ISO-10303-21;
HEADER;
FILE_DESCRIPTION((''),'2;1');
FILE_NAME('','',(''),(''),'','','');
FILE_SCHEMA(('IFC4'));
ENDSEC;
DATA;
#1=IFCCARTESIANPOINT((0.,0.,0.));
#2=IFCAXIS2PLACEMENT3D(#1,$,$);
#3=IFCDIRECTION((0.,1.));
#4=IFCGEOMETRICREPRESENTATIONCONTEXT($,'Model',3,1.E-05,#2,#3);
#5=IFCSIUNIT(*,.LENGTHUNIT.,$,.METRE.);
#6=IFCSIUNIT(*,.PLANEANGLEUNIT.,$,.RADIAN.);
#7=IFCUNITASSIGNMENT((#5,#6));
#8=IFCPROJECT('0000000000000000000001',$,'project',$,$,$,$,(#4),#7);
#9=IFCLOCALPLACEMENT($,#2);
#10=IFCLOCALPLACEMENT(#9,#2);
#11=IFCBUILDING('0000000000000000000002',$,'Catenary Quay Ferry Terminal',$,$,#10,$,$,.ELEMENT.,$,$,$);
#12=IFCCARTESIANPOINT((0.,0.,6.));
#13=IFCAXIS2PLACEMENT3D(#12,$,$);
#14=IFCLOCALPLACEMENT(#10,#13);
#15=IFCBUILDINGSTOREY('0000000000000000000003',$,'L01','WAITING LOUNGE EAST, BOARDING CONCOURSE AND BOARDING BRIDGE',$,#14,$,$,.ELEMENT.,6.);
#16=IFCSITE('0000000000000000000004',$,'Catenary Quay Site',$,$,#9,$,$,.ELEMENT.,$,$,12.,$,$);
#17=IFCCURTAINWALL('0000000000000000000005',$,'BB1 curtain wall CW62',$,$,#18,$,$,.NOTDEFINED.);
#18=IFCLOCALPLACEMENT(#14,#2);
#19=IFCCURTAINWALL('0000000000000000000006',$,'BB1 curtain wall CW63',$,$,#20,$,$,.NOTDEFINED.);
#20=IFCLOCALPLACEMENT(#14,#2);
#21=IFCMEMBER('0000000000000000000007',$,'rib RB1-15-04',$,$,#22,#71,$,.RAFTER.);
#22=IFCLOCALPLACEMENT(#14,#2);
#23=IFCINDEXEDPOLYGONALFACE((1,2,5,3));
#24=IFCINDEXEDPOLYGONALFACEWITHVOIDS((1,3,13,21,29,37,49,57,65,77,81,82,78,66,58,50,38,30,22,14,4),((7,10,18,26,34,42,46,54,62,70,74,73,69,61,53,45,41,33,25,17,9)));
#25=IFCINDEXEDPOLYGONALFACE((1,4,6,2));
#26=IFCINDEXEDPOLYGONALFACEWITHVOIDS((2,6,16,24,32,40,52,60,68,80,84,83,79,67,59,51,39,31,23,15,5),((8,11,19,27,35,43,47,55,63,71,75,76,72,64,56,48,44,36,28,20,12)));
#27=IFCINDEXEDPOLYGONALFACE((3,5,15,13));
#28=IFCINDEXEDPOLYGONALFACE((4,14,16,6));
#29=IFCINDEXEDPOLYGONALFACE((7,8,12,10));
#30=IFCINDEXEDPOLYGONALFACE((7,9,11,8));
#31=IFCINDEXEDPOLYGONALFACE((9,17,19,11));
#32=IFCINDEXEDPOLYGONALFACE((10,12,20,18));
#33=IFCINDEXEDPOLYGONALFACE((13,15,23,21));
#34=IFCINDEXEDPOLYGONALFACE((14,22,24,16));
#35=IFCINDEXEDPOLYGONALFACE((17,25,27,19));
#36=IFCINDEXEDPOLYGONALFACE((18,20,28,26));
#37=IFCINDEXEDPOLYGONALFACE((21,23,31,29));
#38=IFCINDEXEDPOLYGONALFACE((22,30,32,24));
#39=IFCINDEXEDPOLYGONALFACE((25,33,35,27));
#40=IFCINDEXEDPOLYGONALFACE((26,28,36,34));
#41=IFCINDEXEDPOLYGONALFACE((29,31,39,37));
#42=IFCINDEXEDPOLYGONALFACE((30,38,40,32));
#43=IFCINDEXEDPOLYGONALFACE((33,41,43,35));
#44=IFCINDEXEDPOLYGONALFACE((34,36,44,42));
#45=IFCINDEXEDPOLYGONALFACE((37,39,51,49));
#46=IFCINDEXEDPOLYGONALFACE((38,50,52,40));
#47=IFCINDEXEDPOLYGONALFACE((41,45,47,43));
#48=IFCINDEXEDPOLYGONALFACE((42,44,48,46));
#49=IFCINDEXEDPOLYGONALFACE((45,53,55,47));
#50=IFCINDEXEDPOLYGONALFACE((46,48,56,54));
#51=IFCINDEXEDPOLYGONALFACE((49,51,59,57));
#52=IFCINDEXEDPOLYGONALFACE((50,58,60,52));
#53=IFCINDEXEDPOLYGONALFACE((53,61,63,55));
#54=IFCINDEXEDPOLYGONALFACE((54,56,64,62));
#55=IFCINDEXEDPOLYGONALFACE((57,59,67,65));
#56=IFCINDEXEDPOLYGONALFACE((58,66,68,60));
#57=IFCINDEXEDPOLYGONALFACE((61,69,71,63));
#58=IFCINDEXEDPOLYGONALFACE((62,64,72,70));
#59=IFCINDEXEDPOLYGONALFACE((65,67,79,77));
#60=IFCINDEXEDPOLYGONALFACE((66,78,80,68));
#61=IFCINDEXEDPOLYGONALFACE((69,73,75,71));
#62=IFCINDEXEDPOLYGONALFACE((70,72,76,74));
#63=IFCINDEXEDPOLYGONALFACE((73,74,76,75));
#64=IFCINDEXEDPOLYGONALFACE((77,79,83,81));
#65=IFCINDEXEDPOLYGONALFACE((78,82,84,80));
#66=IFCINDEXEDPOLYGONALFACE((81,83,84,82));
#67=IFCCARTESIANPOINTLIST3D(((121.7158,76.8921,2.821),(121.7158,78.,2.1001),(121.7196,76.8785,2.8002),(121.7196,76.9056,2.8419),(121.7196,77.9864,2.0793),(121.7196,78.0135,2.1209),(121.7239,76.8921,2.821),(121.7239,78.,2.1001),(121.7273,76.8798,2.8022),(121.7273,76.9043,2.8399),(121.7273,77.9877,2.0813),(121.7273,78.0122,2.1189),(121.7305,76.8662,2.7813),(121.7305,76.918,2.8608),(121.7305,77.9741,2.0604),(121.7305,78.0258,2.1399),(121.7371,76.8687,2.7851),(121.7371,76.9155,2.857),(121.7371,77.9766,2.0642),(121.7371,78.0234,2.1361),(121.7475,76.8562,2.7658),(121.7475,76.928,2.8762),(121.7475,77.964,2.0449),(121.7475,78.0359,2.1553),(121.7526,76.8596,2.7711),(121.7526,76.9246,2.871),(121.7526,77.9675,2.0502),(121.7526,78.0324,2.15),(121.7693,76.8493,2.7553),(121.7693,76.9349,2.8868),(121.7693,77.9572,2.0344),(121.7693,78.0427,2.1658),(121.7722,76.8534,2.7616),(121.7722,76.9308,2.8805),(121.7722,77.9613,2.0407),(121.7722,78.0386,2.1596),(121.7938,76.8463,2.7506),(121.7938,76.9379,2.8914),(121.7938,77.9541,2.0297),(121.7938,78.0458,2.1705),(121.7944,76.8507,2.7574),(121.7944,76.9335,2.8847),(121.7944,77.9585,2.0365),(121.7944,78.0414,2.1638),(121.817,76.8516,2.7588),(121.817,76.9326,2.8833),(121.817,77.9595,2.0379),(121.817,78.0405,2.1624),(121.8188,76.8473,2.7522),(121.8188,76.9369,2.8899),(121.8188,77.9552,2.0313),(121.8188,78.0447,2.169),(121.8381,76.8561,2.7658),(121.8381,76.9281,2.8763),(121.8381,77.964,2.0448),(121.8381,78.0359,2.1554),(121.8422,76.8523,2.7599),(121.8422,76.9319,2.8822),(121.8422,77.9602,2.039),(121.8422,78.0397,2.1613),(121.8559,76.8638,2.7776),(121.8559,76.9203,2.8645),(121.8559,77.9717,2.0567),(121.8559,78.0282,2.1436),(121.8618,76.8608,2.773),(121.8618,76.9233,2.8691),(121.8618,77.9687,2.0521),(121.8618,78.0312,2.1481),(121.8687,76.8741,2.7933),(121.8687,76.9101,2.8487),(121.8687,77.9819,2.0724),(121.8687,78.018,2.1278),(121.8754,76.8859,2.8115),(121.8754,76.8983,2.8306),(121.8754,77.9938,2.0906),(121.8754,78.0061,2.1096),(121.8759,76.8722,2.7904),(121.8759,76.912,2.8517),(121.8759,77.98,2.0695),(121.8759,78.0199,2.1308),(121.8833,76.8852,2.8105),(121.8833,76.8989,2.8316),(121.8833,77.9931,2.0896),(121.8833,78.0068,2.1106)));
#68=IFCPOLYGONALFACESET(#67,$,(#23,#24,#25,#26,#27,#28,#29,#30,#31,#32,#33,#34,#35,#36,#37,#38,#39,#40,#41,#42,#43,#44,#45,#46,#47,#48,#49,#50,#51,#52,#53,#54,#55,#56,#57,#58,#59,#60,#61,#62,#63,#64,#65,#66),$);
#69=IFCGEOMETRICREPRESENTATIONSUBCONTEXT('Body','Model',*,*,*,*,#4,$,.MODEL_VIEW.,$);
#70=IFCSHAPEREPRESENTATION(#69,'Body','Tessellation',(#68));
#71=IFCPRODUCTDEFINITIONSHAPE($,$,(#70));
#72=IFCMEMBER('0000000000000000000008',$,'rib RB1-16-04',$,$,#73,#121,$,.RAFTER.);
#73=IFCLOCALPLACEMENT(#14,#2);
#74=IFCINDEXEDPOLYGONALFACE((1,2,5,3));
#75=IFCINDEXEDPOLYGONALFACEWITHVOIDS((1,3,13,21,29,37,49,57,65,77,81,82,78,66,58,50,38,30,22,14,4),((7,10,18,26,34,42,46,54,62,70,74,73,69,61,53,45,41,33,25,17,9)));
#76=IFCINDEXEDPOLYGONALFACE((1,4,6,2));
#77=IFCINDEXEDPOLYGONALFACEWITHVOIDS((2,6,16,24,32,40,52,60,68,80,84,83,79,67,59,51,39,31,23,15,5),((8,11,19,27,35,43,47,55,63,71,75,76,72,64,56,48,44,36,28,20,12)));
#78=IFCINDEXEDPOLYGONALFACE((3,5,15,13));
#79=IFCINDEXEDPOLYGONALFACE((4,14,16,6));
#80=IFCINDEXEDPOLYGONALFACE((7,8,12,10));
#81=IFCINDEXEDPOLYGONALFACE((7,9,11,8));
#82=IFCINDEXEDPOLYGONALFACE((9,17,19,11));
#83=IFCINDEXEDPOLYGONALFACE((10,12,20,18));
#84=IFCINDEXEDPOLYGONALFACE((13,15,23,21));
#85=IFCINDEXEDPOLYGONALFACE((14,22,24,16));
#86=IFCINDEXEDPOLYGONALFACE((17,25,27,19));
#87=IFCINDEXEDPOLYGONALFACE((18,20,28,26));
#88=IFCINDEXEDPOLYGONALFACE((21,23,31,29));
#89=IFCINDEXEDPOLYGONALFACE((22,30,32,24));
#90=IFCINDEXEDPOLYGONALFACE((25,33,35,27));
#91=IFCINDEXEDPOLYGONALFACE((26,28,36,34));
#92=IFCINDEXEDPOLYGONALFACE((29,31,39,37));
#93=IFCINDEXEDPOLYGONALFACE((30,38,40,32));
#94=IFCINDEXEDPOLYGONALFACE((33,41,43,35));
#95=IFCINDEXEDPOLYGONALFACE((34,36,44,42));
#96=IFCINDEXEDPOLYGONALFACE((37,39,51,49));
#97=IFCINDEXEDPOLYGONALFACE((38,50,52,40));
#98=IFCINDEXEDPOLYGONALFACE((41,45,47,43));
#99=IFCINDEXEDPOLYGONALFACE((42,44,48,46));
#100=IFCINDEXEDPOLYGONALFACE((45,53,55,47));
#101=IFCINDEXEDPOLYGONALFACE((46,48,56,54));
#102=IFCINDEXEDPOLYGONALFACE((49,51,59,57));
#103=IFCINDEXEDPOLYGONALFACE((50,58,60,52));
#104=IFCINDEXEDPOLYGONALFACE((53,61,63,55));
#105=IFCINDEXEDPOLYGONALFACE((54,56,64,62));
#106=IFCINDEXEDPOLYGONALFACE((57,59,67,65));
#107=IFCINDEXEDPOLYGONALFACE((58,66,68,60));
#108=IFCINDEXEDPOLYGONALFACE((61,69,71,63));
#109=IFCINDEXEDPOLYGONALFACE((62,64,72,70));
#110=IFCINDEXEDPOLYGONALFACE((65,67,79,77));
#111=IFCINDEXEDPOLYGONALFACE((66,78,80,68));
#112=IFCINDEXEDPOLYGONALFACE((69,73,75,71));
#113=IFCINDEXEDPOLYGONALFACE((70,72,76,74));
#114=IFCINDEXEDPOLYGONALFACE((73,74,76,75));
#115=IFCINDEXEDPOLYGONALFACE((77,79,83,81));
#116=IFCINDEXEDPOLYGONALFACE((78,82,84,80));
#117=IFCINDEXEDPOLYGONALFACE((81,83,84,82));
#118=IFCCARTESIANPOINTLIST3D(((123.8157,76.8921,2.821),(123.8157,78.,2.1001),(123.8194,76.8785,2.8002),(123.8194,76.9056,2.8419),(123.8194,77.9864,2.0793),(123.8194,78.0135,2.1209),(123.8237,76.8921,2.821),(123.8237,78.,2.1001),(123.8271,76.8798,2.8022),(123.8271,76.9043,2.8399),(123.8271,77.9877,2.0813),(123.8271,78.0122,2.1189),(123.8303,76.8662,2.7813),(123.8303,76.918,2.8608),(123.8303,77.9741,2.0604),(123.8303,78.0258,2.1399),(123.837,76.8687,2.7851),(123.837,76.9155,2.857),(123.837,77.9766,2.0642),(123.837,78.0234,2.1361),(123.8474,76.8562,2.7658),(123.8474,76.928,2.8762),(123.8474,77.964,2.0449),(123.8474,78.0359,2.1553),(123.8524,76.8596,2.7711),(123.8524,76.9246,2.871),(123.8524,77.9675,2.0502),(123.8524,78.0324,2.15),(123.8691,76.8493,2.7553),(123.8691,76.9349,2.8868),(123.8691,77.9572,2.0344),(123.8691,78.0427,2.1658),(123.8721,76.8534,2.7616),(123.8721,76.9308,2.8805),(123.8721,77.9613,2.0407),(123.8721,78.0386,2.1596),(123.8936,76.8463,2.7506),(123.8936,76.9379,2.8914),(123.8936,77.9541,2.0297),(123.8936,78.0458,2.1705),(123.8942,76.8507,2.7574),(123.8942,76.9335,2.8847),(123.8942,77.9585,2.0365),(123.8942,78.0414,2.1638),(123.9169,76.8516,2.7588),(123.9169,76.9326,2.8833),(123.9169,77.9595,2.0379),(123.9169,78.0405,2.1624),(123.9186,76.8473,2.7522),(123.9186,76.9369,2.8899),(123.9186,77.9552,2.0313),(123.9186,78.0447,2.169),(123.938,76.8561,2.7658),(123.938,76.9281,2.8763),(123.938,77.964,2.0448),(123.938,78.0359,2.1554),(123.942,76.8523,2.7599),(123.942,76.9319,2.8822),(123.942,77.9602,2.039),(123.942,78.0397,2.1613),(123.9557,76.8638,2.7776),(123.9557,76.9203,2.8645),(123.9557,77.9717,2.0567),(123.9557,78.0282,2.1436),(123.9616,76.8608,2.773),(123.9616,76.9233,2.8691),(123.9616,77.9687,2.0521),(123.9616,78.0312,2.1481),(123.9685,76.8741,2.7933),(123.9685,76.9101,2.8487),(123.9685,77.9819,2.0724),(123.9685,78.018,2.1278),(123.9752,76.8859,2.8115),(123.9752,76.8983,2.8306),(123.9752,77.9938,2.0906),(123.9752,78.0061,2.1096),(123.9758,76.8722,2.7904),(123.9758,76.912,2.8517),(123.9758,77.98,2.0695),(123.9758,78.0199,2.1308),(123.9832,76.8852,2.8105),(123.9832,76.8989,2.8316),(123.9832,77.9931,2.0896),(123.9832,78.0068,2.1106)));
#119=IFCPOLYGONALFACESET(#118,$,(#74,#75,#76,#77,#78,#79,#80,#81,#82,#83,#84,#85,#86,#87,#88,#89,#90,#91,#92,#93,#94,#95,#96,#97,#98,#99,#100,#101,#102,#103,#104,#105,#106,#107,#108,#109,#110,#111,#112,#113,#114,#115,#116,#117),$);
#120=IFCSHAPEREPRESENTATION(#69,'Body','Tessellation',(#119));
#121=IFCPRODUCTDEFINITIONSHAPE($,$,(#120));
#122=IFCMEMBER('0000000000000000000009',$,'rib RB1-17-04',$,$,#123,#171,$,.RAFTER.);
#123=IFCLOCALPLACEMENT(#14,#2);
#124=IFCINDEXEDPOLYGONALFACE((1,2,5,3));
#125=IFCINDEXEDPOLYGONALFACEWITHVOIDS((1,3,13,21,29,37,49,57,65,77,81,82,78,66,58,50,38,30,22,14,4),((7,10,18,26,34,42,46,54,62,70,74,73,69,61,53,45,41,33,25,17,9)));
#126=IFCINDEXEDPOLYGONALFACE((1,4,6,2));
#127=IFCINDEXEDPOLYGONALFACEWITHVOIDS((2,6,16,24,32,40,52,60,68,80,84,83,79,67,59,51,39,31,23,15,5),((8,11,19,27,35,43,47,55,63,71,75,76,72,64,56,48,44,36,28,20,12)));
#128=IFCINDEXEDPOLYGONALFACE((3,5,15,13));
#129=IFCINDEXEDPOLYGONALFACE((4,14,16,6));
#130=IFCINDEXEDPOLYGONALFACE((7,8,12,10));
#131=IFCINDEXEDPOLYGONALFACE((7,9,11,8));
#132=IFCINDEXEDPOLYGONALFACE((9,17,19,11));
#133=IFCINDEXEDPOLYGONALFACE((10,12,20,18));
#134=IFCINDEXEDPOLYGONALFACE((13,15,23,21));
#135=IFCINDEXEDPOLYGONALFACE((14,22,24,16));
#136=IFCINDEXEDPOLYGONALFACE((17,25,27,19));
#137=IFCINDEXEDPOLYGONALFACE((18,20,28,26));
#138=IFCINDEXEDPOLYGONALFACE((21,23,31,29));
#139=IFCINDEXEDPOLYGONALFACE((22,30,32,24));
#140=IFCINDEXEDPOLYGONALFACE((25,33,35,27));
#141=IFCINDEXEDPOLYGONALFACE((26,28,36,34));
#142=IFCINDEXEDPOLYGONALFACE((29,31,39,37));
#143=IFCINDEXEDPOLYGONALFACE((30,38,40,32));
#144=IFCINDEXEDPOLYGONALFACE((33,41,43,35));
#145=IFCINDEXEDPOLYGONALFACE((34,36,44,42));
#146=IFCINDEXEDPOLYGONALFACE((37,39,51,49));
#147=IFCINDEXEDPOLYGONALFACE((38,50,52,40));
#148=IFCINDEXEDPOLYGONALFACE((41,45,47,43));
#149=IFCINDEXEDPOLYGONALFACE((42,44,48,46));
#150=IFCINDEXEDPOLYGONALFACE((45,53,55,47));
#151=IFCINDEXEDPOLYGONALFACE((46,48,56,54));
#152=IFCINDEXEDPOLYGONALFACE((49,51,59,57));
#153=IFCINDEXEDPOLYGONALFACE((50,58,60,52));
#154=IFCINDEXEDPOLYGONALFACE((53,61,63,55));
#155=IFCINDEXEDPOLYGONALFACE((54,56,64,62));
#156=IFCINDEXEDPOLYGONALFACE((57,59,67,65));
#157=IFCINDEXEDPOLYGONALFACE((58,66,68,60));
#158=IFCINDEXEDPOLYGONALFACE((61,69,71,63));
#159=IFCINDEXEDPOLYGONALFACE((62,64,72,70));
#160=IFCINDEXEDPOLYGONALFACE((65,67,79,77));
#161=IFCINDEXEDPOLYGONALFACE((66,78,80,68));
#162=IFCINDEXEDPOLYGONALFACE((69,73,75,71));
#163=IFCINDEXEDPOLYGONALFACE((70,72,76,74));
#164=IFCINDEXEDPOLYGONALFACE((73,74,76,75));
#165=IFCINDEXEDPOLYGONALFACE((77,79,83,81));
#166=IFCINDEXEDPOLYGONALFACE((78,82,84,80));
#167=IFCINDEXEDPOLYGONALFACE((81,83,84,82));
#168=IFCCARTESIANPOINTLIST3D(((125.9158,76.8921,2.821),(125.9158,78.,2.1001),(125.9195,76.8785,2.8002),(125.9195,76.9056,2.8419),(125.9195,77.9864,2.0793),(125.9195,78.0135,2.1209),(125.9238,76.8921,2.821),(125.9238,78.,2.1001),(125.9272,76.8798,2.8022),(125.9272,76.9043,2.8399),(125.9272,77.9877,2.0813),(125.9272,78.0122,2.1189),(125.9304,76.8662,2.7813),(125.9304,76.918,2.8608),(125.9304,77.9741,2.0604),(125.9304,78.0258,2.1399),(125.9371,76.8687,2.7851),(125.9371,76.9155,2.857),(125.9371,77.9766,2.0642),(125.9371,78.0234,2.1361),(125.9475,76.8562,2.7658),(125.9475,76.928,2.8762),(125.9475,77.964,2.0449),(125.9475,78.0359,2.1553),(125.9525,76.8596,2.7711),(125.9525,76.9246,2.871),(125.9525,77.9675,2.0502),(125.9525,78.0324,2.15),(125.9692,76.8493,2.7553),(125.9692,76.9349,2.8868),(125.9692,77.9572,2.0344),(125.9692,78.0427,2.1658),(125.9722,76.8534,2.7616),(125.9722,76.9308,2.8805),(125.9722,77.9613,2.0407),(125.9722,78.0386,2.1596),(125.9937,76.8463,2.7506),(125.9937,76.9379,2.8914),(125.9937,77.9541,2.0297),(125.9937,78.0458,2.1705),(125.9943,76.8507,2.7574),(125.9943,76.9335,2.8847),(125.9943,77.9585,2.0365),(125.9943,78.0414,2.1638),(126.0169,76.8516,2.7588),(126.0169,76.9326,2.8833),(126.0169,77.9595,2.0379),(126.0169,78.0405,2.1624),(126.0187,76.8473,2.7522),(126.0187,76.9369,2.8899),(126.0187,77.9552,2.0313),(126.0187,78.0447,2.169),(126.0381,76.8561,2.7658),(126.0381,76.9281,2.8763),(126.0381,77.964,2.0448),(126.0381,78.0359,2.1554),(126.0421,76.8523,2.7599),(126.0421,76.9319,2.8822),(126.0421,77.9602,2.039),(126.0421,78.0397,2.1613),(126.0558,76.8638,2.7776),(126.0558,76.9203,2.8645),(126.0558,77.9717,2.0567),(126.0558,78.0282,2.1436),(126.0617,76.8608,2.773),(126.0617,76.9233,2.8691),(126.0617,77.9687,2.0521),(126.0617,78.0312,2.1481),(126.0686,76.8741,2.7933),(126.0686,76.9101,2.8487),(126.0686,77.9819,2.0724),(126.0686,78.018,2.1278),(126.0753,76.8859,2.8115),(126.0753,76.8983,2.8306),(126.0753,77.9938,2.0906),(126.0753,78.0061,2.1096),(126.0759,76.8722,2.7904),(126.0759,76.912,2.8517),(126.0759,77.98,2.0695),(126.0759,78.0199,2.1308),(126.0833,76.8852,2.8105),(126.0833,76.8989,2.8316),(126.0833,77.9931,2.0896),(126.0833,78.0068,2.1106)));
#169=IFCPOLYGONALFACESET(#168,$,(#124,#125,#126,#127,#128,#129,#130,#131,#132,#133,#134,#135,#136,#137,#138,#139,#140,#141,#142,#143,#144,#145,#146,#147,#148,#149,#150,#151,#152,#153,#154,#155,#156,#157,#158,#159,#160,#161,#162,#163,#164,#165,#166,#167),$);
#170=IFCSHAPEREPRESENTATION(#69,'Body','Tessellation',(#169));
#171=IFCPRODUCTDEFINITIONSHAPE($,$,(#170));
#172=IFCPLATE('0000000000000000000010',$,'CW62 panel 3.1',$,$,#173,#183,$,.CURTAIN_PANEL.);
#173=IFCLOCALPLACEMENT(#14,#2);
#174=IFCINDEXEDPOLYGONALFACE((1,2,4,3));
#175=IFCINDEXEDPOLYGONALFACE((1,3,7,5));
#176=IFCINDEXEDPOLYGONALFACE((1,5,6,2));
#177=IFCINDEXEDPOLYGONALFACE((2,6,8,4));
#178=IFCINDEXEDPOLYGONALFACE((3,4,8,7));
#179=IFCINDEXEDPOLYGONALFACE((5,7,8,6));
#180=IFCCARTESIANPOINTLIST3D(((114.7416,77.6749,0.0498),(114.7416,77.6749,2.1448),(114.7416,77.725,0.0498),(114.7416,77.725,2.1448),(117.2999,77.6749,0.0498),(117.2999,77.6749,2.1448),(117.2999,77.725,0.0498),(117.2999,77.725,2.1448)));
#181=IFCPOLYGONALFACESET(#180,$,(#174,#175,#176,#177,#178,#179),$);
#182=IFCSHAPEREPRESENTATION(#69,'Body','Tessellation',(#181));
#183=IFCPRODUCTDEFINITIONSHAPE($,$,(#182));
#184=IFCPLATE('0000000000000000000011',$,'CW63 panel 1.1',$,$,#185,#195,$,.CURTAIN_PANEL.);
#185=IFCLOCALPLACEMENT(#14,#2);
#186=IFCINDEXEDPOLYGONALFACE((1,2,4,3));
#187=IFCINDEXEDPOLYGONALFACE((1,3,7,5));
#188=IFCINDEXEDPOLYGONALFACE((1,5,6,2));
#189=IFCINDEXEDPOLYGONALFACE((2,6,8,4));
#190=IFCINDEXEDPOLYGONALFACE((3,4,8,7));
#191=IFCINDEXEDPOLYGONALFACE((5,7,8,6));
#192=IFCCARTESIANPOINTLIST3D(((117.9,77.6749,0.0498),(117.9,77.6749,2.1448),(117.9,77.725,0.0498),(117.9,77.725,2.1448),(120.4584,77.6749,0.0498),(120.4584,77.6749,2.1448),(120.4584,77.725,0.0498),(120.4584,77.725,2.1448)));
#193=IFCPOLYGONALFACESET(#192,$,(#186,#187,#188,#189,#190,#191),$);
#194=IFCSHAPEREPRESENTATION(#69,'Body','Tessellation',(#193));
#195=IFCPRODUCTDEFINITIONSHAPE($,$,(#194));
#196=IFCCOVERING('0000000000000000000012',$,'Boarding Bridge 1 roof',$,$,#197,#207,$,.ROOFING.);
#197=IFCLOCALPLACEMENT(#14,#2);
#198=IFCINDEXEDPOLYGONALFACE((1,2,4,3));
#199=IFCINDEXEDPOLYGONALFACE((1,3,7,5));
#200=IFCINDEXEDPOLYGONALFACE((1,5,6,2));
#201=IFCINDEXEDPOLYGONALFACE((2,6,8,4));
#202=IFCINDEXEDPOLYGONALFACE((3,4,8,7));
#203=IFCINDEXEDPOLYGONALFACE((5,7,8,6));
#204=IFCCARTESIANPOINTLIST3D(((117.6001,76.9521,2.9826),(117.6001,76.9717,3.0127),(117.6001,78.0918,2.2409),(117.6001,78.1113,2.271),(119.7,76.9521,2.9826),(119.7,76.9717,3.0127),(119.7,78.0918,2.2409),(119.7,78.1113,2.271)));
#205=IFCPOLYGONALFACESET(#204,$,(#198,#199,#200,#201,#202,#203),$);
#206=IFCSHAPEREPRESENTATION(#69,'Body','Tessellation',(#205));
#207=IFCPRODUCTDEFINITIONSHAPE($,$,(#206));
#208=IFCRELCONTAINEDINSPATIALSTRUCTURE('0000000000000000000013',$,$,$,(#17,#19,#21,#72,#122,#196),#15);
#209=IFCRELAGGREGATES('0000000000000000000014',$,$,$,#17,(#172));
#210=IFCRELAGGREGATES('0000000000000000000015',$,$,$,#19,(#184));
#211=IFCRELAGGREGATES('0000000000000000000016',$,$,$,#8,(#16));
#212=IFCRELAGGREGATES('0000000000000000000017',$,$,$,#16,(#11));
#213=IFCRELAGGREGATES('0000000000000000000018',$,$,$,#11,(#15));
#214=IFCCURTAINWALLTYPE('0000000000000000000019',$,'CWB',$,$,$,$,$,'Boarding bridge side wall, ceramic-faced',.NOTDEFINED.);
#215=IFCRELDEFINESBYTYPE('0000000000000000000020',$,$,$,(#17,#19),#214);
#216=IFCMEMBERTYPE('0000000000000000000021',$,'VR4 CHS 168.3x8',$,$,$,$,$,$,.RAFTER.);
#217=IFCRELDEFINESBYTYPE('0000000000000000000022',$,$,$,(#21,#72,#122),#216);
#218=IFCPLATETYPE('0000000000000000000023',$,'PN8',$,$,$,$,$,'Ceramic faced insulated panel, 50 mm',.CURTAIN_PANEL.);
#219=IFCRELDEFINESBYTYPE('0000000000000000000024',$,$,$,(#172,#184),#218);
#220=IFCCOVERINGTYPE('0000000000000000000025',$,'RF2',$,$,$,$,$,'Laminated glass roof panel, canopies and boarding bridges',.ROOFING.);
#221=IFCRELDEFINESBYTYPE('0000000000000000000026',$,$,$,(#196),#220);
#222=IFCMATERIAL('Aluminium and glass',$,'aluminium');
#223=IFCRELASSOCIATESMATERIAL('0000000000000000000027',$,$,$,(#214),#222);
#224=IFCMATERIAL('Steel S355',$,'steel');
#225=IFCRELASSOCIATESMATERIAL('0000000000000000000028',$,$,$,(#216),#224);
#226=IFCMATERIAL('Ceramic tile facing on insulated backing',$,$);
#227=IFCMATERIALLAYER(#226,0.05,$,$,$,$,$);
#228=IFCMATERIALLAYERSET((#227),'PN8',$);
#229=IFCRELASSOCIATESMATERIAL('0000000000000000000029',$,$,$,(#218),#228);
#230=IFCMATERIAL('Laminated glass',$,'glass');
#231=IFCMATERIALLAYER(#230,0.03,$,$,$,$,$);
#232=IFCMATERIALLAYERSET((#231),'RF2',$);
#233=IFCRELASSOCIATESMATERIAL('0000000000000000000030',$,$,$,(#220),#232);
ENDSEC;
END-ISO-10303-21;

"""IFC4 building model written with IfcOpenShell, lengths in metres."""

from ifc_helpers import new_model, si_unit, direction, frame, origin, origin_2d, place, context, subcontext, project, spatial, polyline, rectangle, hollow_circle, outline, extrude, material, layer, layer_set, material_profile, profile_set, type_object, element, aggregate, save


model = new_model("IFC4")

# Units and contexts
model_context = context("Model", 3, precision=1e-05, world=origin(), true_north=direction((0.0, 1.0)))
body_context = subcontext(model_context, "Body", "Model", "MODEL_VIEW")
ifc_project = project(units=[si_unit("LENGTHUNIT", "METRE"), si_unit("PLANEANGLEUNIT", "RADIAN")], contexts=[model_context])

# Site, building, storey
site_placement = place(None, origin())
site = spatial("IfcSite", under=ifc_project, at=site_placement, Name="Catenary Quay Site", CompositionType="ELEMENT", RefElevation=12.0)
building_placement = place(site_placement, origin())
building = spatial("IfcBuilding", under=site, at=building_placement, Name="Catenary Quay Ferry Terminal", CompositionType="ELEMENT")
storey_placement = place(building_placement, frame((0.0, 0.0, 6.0)))
storey = spatial("IfcBuildingStorey", under=building, at=storey_placement, Name="L01", Description="WAITING LOUNGE EAST, BOARDING CONCOURSE AND BOARDING BRIDGE", CompositionType="ELEMENT", Elevation=6.0)

# Curtain wall
ifc_material_1 = material(Name="Aluminium and glass", Category="aluminium")
curtain_wall_type = type_object("IfcCurtainWallType", Name="CWB", ElementType="Boarding bridge side wall, ceramic-faced", PredefinedType="NOTDEFINED", material=ifc_material_1)
curtain_wall_1_placement = place(storey_placement, origin())
curtain_wall_1 = element("IfcCurtainWall", 1, at=curtain_wall_1_placement, inside=storey, type_object=curtain_wall_type, Name="BB1 curtain wall CW62", PredefinedType="NOTDEFINED")

# Curtain wall
curtain_wall_2_placement = place(storey_placement, origin())
curtain_wall_2 = element("IfcCurtainWall", 2, at=curtain_wall_2_placement, inside=storey, type_object=curtain_wall_type, Name="BB1 curtain wall CW63", PredefinedType="NOTDEFINED")

# Members
ifc_material_2 = material(Name="Steel S355", Category="steel")
ifc_material_profile_1 = material_profile(ifc_material_2, hollow_circle(Radius=0.0842, WallThickness=0.0081, at=origin_2d()), Name="CHS 168.3x8")
ifc_profile_set_1 = profile_set([ifc_material_profile_1], Name="Steel S355")
member_type_1 = type_object("IfcMemberType", Name="VR4 CHS 168.3x8", PredefinedType="RAFTER", material=ifc_profile_set_1)
for number, where, z_axis, x_axis, name in (
    (3, (121.8, 76.8921, 2.821), (0.0, 0.838165, -0.545417), (-1.0, 0.0, 0.0), "rib RB1-15-04"),
    (4, (123.8999, 76.8921, 2.821), (0.0, 0.838165, -0.545417), (-1.0, 0.0, 0.0), "rib RB1-16-04"),
    (5, (126.0, 76.8921, 2.821), (0.0, 0.838165, -0.545417), (-1.0, 0.0, 0.0), "rib RB1-17-04"),
):
    element("IfcMember", number, at=place(storey_placement, frame(where, z_axis=z_axis, x_axis=x_axis)), inside=storey, type_object=member_type_1, Name=name, PredefinedType="RAFTER", context=body_context, shape_type="SweptSolid", body=[
        extrude(hollow_circle(Radius=0.0842, WallThickness=0.0081, at=origin_2d()), origin(), (0.0, 0.0, 1.0), 1.3218),
    ])

# Plates
ifc_material_3 = material(Name="Ceramic tile facing on insulated backing")
ifc_layer_1 = layer(ifc_material_3, 0.05)
ifc_layer_set_1 = layer_set([ifc_layer_1], Name="PN8")
plate_type = type_object("IfcPlateType", Name="PN8", ElementType="Ceramic faced insulated panel, 50 mm", PredefinedType="CURTAIN_PANEL", material=ifc_layer_set_1)
plate_1_placement = place(storey_placement, frame((116.0208, 77.7, 0.0498), z_axis=(0.0, 0.0, 1.0), x_axis=(1.0, 0.0, 0.0)))
plate_1 = element("IfcPlate", 6, at=plate_1_placement, type_object=plate_type, Name="CW62 panel 3.1", PredefinedType="CURTAIN_PANEL", context=body_context, shape_type="SweptSolid", body=[
    extrude(rectangle(XDim=2.5583, YDim=0.05, at=origin_2d()), origin(), (0.0, 0.0, 1.0), 2.095),
])
aggregate(curtain_wall_1, [plate_1])
plate_2_placement = place(storey_placement, frame((119.1792, 77.7, 0.0498), z_axis=(0.0, 0.0, 1.0), x_axis=(1.0, 0.0, 0.0)))
plate_2 = element("IfcPlate", 7, at=plate_2_placement, type_object=plate_type, Name="CW63 panel 1.1", PredefinedType="CURTAIN_PANEL", context=body_context, shape_type="SweptSolid", body=[
    extrude(rectangle(XDim=2.5583, YDim=0.05, at=origin_2d()), origin(), (0.0, 0.0, 1.0), 2.095),
])
aggregate(curtain_wall_2, [plate_2])

# Covering
ifc_material_4 = material(Name="Laminated glass", Category="glass")
ifc_layer_2 = layer(ifc_material_4, 0.03)
ifc_layer_set_2 = layer_set([ifc_layer_2], Name="RF2")
covering_type = type_object("IfcCoveringType", Name="RF2", ElementType="Laminated glass roof panel, canopies and boarding bridges", PredefinedType="ROOFING", material=ifc_layer_set_2)
covering_1_placement = place(storey_placement, frame((117.6001, 76.9717, 3.0127), z_axis=(0.0, 0.545468, 0.838132), x_axis=(1.0, 0.0, 0.0)))
element("IfcCovering", 8, at=covering_1_placement, inside=storey, type_object=covering_type, Name="Boarding Bridge 1 roof", PredefinedType="ROOFING", context=body_context, shape_type="SweptSolid", body=[
    extrude(outline(polyline([(0.0, 0.0), (2.0999, 0.0), (2.0999, 1.3597), (0.0, 1.3597), (0.0, 0.0)])), origin(), (0.0, 0.0, -1.0), 0.0359),
])

save(model, "model.ifc")
